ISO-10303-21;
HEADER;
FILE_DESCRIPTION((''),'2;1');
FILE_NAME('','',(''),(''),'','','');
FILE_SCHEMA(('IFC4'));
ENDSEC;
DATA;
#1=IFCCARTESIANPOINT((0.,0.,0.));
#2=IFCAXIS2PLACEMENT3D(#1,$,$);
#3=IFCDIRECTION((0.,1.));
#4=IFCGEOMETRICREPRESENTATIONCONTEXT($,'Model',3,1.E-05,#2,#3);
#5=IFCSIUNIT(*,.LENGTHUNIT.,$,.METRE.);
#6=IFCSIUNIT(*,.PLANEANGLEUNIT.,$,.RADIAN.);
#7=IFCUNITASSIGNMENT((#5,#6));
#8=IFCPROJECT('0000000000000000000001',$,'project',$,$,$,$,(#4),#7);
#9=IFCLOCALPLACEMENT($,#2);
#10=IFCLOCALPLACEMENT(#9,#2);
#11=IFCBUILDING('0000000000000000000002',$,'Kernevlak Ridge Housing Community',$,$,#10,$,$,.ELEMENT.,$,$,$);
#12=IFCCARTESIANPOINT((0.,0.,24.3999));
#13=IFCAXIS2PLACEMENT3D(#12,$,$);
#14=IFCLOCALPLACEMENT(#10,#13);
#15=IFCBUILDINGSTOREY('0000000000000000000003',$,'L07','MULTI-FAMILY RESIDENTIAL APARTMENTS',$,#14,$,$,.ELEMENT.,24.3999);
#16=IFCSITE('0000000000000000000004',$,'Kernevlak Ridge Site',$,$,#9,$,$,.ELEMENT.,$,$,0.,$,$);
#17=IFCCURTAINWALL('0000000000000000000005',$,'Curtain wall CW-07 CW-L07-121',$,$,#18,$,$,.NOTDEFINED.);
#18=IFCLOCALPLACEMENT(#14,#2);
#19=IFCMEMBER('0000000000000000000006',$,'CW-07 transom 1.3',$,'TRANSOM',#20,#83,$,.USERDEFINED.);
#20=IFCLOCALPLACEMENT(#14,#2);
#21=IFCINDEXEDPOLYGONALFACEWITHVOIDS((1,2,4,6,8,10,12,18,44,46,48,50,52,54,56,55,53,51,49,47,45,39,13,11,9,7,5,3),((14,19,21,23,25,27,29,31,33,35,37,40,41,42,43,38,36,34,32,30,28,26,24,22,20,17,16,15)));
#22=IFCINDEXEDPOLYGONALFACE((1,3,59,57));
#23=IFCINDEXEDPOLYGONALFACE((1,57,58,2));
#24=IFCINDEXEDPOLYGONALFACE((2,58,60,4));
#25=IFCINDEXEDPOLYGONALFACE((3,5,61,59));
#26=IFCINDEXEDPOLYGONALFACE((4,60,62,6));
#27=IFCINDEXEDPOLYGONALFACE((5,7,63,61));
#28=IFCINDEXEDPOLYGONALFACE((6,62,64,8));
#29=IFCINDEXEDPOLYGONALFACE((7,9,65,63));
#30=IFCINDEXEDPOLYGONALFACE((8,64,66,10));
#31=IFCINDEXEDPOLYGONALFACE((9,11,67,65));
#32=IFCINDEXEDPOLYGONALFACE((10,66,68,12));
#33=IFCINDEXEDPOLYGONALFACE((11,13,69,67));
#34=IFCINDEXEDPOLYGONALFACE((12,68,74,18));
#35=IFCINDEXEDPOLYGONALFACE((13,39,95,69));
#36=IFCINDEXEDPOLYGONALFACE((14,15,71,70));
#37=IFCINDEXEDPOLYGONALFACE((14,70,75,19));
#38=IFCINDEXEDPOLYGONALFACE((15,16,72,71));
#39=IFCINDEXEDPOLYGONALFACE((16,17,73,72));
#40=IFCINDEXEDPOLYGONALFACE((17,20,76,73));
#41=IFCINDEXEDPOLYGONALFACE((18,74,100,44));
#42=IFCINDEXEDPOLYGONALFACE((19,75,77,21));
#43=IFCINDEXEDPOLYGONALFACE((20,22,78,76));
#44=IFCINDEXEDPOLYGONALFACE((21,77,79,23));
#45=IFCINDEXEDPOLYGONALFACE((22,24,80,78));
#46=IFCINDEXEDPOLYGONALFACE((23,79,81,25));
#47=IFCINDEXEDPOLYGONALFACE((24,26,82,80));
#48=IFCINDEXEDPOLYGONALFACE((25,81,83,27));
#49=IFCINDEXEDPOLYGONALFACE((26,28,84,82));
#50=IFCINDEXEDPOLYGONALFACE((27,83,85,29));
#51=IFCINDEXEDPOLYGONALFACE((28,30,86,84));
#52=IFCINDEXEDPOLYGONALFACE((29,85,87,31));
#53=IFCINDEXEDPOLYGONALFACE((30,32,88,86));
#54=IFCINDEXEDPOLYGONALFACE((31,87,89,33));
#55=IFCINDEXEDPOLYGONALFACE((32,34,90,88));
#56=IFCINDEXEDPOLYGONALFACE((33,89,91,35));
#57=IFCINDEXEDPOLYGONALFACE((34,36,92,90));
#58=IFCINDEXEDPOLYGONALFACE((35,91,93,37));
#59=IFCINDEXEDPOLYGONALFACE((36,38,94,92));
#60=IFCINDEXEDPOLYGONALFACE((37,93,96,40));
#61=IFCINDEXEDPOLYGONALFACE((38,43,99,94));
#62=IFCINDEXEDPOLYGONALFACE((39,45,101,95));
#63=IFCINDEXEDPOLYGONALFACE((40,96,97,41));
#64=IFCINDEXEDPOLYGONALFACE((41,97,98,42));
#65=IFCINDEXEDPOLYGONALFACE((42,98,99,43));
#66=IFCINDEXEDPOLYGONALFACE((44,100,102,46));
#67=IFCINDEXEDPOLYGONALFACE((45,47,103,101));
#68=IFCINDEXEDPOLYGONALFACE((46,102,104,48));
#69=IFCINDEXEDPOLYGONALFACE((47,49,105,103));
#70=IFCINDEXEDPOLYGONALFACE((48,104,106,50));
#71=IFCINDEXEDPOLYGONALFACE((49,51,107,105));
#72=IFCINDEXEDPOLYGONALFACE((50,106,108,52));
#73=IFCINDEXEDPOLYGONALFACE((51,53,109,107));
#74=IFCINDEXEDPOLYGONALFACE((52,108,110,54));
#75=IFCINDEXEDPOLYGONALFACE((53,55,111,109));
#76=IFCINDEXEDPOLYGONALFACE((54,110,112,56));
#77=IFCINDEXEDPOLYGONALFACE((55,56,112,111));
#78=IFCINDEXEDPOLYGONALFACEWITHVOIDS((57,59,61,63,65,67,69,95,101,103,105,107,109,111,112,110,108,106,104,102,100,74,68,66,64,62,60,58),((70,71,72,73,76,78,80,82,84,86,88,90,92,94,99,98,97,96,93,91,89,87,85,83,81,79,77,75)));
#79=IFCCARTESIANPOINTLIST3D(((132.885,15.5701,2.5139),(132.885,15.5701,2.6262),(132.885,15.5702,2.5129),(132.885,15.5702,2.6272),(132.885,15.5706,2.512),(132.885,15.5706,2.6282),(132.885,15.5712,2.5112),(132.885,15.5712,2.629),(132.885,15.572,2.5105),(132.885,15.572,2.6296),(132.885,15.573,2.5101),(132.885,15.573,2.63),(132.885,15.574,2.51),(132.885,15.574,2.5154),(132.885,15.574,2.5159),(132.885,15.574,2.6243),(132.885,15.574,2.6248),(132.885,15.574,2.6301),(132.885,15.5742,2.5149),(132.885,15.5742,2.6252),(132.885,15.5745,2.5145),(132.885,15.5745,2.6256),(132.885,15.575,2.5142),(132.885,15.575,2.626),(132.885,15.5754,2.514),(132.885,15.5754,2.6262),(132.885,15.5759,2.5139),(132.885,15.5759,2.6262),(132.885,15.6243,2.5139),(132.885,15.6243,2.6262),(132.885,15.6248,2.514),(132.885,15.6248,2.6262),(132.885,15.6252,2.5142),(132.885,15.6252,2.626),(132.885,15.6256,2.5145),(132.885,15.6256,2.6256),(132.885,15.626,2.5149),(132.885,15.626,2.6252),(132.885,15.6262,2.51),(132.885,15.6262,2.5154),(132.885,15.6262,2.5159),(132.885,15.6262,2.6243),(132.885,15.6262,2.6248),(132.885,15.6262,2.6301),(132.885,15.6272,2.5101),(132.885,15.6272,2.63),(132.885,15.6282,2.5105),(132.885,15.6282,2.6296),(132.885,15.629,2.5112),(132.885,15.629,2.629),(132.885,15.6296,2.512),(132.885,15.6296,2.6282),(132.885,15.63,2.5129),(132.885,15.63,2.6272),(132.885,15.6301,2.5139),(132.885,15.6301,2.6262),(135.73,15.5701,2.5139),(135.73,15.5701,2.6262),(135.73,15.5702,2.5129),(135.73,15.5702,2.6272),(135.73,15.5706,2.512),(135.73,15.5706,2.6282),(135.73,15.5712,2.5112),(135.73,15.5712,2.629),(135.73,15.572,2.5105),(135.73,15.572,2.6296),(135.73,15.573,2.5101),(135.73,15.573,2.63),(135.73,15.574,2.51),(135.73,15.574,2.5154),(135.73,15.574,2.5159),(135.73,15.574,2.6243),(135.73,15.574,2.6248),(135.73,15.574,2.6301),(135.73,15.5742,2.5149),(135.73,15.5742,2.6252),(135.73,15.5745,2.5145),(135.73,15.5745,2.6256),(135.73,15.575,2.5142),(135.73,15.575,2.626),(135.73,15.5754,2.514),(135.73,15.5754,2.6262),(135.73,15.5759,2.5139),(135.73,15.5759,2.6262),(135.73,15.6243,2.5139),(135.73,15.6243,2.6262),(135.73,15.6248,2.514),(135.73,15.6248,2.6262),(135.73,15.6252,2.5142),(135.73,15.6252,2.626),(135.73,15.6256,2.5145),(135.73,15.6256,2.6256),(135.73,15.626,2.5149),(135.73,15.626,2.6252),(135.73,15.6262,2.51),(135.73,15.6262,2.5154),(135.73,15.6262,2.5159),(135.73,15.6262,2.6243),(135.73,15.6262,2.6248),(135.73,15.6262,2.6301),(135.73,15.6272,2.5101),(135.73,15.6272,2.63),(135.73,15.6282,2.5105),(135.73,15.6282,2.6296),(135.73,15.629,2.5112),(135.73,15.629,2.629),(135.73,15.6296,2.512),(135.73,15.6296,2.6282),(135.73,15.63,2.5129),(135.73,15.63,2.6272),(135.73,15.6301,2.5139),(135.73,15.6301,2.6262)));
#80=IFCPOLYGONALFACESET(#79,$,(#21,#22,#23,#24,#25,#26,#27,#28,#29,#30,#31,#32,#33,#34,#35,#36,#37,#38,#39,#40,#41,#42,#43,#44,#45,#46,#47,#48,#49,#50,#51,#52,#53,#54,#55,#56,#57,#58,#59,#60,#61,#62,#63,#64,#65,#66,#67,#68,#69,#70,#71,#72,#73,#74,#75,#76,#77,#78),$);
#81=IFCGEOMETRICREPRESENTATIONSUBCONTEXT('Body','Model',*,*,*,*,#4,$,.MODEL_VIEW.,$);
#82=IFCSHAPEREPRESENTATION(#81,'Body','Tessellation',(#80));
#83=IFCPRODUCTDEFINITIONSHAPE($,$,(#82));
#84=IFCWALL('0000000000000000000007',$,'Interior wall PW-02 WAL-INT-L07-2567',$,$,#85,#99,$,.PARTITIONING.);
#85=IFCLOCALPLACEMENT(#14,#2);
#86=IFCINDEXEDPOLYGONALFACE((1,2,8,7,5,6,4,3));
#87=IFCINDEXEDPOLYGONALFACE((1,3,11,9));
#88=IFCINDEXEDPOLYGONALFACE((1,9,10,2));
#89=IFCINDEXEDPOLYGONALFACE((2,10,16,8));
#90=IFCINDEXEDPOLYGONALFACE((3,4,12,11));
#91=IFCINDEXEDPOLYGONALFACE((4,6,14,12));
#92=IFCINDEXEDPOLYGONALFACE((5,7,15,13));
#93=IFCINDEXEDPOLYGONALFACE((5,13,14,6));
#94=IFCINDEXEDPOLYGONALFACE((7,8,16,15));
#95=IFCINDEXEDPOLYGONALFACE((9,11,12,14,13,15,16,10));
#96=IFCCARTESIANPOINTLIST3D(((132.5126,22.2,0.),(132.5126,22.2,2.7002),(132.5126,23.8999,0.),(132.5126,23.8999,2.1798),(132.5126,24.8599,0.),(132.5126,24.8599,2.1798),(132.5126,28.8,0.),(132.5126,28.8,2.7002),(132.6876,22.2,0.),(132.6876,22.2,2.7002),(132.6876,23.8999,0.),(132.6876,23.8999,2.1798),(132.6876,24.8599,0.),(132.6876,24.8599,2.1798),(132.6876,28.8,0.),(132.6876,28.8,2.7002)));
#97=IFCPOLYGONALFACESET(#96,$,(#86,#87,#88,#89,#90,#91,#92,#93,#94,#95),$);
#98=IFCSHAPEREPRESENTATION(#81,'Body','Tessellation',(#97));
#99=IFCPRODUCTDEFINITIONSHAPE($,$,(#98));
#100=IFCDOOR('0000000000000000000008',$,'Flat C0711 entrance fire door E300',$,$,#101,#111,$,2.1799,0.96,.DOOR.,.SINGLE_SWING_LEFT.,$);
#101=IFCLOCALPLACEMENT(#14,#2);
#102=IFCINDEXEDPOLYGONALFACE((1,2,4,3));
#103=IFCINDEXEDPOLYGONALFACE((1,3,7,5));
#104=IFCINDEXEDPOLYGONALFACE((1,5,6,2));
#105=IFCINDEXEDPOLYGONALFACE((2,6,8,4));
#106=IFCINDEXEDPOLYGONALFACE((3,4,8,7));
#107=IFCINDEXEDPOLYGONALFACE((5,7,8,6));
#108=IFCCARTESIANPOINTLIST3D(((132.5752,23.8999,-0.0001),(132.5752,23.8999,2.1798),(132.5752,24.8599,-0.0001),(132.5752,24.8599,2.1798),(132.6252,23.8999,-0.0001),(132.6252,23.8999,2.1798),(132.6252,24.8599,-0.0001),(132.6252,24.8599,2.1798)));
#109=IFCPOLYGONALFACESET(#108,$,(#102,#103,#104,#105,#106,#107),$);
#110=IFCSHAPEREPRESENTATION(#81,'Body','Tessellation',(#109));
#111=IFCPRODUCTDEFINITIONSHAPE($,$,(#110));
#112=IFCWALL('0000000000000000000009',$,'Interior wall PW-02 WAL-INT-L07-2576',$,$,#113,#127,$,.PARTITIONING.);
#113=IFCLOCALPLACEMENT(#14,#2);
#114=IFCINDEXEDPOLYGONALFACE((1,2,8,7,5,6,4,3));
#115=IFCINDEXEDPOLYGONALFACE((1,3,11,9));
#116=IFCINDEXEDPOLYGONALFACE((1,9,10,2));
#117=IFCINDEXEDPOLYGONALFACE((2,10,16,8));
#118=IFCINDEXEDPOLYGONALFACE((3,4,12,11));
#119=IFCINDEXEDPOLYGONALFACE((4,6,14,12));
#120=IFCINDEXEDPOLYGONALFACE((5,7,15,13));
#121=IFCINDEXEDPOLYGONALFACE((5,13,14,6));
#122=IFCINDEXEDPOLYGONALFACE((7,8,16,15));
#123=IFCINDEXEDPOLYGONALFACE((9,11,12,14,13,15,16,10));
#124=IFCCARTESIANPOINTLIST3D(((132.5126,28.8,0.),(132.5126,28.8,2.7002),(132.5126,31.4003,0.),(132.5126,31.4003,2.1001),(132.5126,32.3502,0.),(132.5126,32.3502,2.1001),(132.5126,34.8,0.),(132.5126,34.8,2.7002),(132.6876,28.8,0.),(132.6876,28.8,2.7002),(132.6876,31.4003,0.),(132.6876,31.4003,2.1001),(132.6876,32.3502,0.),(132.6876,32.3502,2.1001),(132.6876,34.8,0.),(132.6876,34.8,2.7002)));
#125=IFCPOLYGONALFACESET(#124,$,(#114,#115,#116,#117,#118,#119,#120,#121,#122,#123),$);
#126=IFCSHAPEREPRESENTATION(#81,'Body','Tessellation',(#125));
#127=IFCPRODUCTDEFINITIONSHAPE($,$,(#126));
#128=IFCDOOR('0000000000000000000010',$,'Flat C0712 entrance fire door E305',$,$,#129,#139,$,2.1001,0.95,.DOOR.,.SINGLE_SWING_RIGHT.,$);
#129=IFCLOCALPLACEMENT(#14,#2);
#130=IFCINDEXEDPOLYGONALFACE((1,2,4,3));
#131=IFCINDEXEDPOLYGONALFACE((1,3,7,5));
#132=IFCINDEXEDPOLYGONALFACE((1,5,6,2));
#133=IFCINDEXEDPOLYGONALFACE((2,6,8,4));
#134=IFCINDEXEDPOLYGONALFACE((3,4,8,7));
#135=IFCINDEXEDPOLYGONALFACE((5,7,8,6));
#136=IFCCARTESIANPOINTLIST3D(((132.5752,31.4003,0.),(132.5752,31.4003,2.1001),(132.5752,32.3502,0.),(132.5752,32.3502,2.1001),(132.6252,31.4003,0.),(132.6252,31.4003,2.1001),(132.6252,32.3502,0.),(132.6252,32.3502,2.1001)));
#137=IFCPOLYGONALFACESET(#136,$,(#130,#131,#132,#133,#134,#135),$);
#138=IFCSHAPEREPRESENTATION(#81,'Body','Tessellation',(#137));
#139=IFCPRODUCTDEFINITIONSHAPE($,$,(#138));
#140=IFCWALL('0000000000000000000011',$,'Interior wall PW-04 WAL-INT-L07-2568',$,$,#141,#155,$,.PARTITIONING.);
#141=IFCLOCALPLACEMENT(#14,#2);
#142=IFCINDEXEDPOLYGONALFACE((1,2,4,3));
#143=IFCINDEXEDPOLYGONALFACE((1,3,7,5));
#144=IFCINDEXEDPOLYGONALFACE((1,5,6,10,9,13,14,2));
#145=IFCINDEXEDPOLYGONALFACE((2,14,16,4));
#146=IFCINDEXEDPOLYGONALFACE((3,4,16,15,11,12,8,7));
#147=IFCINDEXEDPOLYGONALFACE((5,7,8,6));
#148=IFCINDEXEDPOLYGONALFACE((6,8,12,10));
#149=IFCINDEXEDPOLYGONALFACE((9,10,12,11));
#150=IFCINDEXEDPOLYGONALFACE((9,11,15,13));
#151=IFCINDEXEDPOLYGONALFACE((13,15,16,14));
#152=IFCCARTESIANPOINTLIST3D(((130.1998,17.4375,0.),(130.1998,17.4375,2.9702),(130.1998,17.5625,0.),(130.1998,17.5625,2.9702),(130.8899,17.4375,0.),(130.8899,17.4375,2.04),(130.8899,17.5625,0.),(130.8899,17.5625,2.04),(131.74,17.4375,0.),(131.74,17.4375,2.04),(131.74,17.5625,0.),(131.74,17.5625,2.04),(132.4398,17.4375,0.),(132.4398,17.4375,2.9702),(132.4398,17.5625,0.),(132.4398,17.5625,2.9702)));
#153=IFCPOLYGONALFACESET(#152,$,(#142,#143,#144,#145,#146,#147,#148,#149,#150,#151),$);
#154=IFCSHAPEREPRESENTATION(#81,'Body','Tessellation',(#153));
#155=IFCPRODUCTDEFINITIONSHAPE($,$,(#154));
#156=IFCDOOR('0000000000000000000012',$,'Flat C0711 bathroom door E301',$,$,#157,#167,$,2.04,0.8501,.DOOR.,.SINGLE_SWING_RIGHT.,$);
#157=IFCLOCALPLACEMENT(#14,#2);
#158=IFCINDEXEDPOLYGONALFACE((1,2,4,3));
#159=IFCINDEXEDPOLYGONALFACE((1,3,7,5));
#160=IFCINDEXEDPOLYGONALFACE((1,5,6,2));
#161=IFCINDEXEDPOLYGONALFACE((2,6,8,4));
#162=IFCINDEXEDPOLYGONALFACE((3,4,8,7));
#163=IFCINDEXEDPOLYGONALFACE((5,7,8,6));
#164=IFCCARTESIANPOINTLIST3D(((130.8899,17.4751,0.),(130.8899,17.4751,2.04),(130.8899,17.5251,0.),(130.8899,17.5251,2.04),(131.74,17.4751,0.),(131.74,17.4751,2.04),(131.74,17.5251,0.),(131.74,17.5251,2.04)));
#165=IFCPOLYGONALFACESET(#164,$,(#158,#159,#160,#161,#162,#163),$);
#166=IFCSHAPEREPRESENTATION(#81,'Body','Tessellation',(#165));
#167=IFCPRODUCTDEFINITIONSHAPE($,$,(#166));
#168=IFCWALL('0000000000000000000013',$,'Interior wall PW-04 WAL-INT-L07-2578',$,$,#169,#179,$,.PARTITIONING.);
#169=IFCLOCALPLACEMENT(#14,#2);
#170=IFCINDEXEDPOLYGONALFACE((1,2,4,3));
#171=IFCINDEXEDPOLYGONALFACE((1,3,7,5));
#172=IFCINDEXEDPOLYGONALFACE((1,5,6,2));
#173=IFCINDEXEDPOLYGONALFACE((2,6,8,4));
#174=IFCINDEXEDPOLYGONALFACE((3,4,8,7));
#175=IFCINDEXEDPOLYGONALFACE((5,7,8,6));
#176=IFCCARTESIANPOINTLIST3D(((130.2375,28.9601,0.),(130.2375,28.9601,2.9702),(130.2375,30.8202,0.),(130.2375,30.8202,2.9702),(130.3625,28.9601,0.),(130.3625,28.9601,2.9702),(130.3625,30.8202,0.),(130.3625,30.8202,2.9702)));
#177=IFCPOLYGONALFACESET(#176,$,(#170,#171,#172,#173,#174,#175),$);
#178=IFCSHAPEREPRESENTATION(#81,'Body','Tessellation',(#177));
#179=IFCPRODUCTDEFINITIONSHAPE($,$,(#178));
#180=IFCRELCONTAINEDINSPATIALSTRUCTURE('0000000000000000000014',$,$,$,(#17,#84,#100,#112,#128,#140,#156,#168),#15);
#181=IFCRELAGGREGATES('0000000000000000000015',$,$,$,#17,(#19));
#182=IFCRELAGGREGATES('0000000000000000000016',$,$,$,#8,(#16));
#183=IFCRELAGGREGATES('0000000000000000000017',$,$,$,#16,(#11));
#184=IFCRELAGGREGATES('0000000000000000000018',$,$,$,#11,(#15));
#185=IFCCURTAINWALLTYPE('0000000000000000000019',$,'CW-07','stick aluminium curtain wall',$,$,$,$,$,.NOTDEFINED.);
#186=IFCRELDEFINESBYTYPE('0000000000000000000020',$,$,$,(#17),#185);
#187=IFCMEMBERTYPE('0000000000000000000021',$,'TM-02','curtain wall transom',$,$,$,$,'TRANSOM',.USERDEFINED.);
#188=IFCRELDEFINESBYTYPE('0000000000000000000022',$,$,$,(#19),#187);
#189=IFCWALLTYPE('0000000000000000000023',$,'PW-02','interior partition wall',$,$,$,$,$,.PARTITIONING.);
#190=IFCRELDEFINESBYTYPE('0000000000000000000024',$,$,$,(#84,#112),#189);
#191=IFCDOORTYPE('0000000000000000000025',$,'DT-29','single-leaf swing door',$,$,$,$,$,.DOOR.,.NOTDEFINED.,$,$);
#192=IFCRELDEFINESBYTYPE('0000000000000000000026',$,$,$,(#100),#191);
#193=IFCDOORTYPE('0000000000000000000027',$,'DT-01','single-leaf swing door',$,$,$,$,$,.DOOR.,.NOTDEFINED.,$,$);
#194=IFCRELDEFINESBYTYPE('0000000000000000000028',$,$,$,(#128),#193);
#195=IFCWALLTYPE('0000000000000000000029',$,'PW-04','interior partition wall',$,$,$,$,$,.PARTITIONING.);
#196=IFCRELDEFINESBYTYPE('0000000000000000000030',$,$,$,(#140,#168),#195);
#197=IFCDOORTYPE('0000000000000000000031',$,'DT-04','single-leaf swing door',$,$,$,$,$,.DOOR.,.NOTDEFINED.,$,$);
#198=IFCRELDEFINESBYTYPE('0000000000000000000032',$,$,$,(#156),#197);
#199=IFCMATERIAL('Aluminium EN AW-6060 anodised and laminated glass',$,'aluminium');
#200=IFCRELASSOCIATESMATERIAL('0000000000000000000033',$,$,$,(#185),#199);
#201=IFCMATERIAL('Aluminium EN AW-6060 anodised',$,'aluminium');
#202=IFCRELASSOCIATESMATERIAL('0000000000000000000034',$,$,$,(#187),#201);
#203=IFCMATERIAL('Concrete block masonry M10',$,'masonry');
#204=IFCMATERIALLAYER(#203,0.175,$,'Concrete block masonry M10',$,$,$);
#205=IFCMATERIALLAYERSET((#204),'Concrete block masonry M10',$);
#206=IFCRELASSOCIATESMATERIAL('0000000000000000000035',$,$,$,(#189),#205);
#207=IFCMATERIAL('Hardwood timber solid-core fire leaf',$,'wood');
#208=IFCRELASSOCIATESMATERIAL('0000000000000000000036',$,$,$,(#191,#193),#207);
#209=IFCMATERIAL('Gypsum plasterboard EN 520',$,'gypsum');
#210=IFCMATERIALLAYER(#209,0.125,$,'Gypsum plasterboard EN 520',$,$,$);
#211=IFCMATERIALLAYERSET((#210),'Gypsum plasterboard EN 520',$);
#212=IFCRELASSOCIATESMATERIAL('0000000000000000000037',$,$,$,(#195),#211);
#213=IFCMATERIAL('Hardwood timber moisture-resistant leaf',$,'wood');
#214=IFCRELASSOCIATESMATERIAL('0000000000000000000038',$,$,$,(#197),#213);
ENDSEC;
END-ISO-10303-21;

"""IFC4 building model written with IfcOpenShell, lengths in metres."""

from ifc_helpers import new_model, si_unit, direction, frame, frame_2d, origin, origin_2d, place, context, subcontext, project, spatial, rectangle, hollow_rectangle, extrude, material, layer, layer_set, material_profile, profile_set, type_object, element, fill, aggregate, save


model = new_model("IFC4")

# Units and contexts
model_context = context("Model", 3, precision=1e-05, world=origin(), true_north=direction((0.0, 1.0)))
body_context = subcontext(model_context, "Body", "Model", "MODEL_VIEW")
ifc_project = project(units=[si_unit("LENGTHUNIT", "METRE"), si_unit("PLANEANGLEUNIT", "RADIAN")], contexts=[model_context])

# Site, building, storey
site_placement = place(None, origin())
site = spatial("IfcSite", under=ifc_project, at=site_placement, Name="Kernevlak Ridge Site", CompositionType="ELEMENT", RefElevation=0.0)
building_placement = place(site_placement, origin())
building = spatial("IfcBuilding", under=site, at=building_placement, Name="Kernevlak Ridge Housing Community", CompositionType="ELEMENT")
storey_placement = place(building_placement, frame((0.0, 0.0, 24.3999)))
storey = spatial("IfcBuildingStorey", under=building, at=storey_placement, Name="L07", Description="MULTI-FAMILY RESIDENTIAL APARTMENTS", CompositionType="ELEMENT", Elevation=24.3999)

# Curtain wall
ifc_material_1 = material(Name="Aluminium EN AW-6060 anodised and laminated glass", Category="aluminium")
curtain_wall_type = type_object("IfcCurtainWallType", Name="CW-07", Description="stick aluminium curtain wall", PredefinedType="NOTDEFINED", material=ifc_material_1)
curtain_wall_placement = place(storey_placement, origin())
curtain_wall = element("IfcCurtainWall", 1, at=curtain_wall_placement, inside=storey, type_object=curtain_wall_type, Name="Curtain wall CW-07 CW-L07-121", PredefinedType="NOTDEFINED")
ifc_material_2 = material(Name="Aluminium EN AW-6060 anodised", Category="aluminium")

# Member
ifc_material_profile_1 = material_profile(ifc_material_2, hollow_rectangle(XDim=0.0601, YDim=0.1201, WallThickness=0.0039, InnerFilletRadius=0.002, OuterFilletRadius=0.0039, at=origin_2d()), Name="ALU 60x120x4")
ifc_profile_set_1 = profile_set([ifc_material_profile_1], Name="Aluminium EN AW-6060 anodised")
member_type_1 = type_object("IfcMemberType", Name="TM-02", Description="curtain wall transom", ElementType="TRANSOM", PredefinedType="USERDEFINED", material=ifc_profile_set_1)
member_1_placement = place(storey_placement, frame((132.885, 15.6001, 2.5701), z_axis=(1.0, 0.0, 0.0), x_axis=(0.0, 1.0, 0.0)))
member_1 = element("IfcMember", 2, at=member_1_placement, type_object=member_type_1, Name="CW-07 transom 1.3", ObjectType="TRANSOM", PredefinedType="USERDEFINED", context=body_context, shape_type="SweptSolid", body=[
    extrude(hollow_rectangle(XDim=0.0601, YDim=0.1201, WallThickness=0.0039, InnerFilletRadius=0.002, OuterFilletRadius=0.0039, at=origin_2d()), origin(), (0.0, 0.0, 1.0), 2.845),
])
aggregate(curtain_wall, [member_1])

# Walls, openings, doors
ifc_material_3 = material(Name="Concrete block masonry M10", Category="masonry")
ifc_layer_1 = layer(ifc_material_3, 0.175, Name="Concrete block masonry M10")
ifc_layer_set_1 = layer_set([ifc_layer_1], Name="Concrete block masonry M10")
wall_type_1 = type_object("IfcWallType", Name="PW-02", Description="interior partition wall", PredefinedType="PARTITIONING", material=ifc_layer_set_1)
wall_1_placement = place(storey_placement, frame((132.6001, 22.2, 0.0), z_axis=(0.0, 0.0, 1.0), x_axis=(0.0, 1.0, 0.0)))
wall_1 = element("IfcWall", 3, at=wall_1_placement, inside=storey, type_object=wall_type_1, Name="Interior wall PW-02 WAL-INT-L07-2567", PredefinedType="PARTITIONING", context=body_context, shape_type="SweptSolid", body=[
    extrude(rectangle(XDim=6.6001, YDim=0.175, at=frame_2d((3.3, 0.0))), origin(), (0.0, 0.0, 1.0), 2.7002),
])
opening_1_placement = place(wall_1_placement, frame((1.7, 0.0, 0.0)))
opening_1 = element("IfcOpeningElement", 4, at=opening_1_placement, cuts=wall_1, PredefinedType="OPENING", context=body_context, shape_type="SweptSolid", body=[
    extrude(rectangle(XDim=0.96, YDim=2.1799, at=frame_2d((0.48, 1.0898))), frame((0.0, 0.0974, 0.0), z_axis=(0.0, -1.0, 0.0), x_axis=(1.0, 0.0, 0.0)), (0.0, 0.0, 1.0), 0.1951),
])
ifc_material_4 = material(Name="Hardwood timber solid-core fire leaf", Category="wood")
door_type_1 = type_object("IfcDoorType", Name="DT-29", Description="single-leaf swing door", OperationType="NOTDEFINED", PredefinedType="DOOR", material=ifc_material_4)
door_1_placement = place(opening_1_placement, origin())
door_1 = element("IfcDoor", 5, at=door_1_placement, inside=storey, type_object=door_type_1, Name="Flat C0711 entrance fire door E300", OperationType="SINGLE_SWING_LEFT", OverallHeight=2.1799, OverallWidth=0.96, PredefinedType="DOOR", context=body_context, shape_type="SweptSolid", body=[
    extrude(rectangle(XDim=0.96, YDim=2.1799, at=frame_2d((0.48, 1.0898))), frame((0.0, 0.0249, 0.0), z_axis=(0.0, -1.0, 0.0), x_axis=(1.0, 0.0, 0.0)), (0.0, 0.0, 1.0), 0.05),
])
fill(opening_1, door_1)
wall_2_placement = place(storey_placement, frame((132.6001, 28.8, 0.0), z_axis=(0.0, 0.0, 1.0), x_axis=(0.0, 1.0, 0.0)))
wall_2 = element("IfcWall", 6, at=wall_2_placement, inside=storey, type_object=wall_type_1, Name="Interior wall PW-02 WAL-INT-L07-2576", PredefinedType="PARTITIONING", context=body_context, shape_type="SweptSolid", body=[
    extrude(rectangle(XDim=6.0, YDim=0.175, at=frame_2d((3.0, 0.0))), origin(), (0.0, 0.0, 1.0), 2.7002),
])
opening_2_placement = place(wall_2_placement, frame((2.6001, 0.0, 0.0)))
opening_2 = element("IfcOpeningElement", 7, at=opening_2_placement, cuts=wall_2, PredefinedType="OPENING", context=body_context, shape_type="SweptSolid", body=[
    extrude(rectangle(XDim=0.95, YDim=2.1001, at=frame_2d((0.4751, 1.05))), frame((0.0, 0.0974, 0.0), z_axis=(0.0, -1.0, 0.0), x_axis=(1.0, 0.0, 0.0)), (0.0, 0.0, 1.0), 0.1951),
])
door_type_2 = type_object("IfcDoorType", Name="DT-01", Description="single-leaf swing door", OperationType="NOTDEFINED", PredefinedType="DOOR", material=ifc_material_4)
door_2_placement = place(opening_2_placement, origin())
door_2 = element("IfcDoor", 8, at=door_2_placement, inside=storey, type_object=door_type_2, Name="Flat C0712 entrance fire door E305", OperationType="SINGLE_SWING_RIGHT", OverallHeight=2.1001, OverallWidth=0.95, PredefinedType="DOOR", context=body_context, shape_type="SweptSolid", body=[
    extrude(rectangle(XDim=0.95, YDim=2.1001, at=frame_2d((0.4751, 1.05))), frame((0.0, 0.0249, 0.0), z_axis=(0.0, -1.0, 0.0), x_axis=(1.0, 0.0, 0.0)), (0.0, 0.0, 1.0), 0.05),
])
fill(opening_2, door_2)
ifc_material_5 = material(Name="Gypsum plasterboard EN 520", Category="gypsum")
ifc_layer_2 = layer(ifc_material_5, 0.125, Name="Gypsum plasterboard EN 520")
ifc_layer_set_2 = layer_set([ifc_layer_2], Name="Gypsum plasterboard EN 520")
wall_type_2 = type_object("IfcWallType", Name="PW-04", Description="interior partition wall", PredefinedType="PARTITIONING", material=ifc_layer_set_2)
wall_3_placement = place(storey_placement, frame((132.4399, 17.5, 0.0), z_axis=(0.0, 0.0, 1.0), x_axis=(-1.0, 0.0, 0.0)))
wall_3 = element("IfcWall", 9, at=wall_3_placement, inside=storey, type_object=wall_type_2, Name="Interior wall PW-04 WAL-INT-L07-2568", PredefinedType="PARTITIONING", context=body_context, shape_type="SweptSolid", body=[
    extrude(rectangle(XDim=2.24, YDim=0.125, at=frame_2d((1.1201, 0.0))), origin(), (0.0, 0.0, 1.0), 2.9702),
])
opening_3_placement = place(wall_3_placement, frame((0.7, 0.0, 0.0)))
opening_3 = element("IfcOpeningElement", 10, at=opening_3_placement, cuts=wall_3, PredefinedType="OPENING", context=body_context, shape_type="SweptSolid", body=[
    extrude(rectangle(XDim=0.8501, YDim=2.04, at=frame_2d((0.425, 1.02))), frame((0.0, 0.0725, 0.0), z_axis=(0.0, -1.0, 0.0), x_axis=(1.0, 0.0, 0.0)), (0.0, 0.0, 1.0), 0.145),
])
ifc_material_6 = material(Name="Hardwood timber moisture-resistant leaf", Category="wood")
door_type_3 = type_object("IfcDoorType", Name="DT-04", Description="single-leaf swing door", OperationType="NOTDEFINED", PredefinedType="DOOR", material=ifc_material_6)
door_3_placement = place(opening_3_placement, origin())
door_3 = element("IfcDoor", 11, at=door_3_placement, inside=storey, type_object=door_type_3, Name="Flat C0711 bathroom door E301", OperationType="SINGLE_SWING_RIGHT", OverallHeight=2.04, OverallWidth=0.8501, PredefinedType="DOOR", context=body_context, shape_type="SweptSolid", body=[
    extrude(rectangle(XDim=0.8501, YDim=2.04, at=frame_2d((0.425, 1.02))), frame((0.0, 0.0249, 0.0), z_axis=(0.0, -1.0, 0.0), x_axis=(1.0, 0.0, 0.0)), (0.0, 0.0, 1.0), 0.05),
])
fill(opening_3, door_3)

# Wall
wall_4_placement = place(storey_placement, frame((130.3, 28.96, 0.0), z_axis=(0.0, 0.0, 1.0), x_axis=(0.0, 1.0, 0.0)))
element("IfcWall", 12, at=wall_4_placement, inside=storey, type_object=wall_type_2, Name="Interior wall PW-04 WAL-INT-L07-2578", PredefinedType="PARTITIONING", context=body_context, shape_type="SweptSolid", body=[
    extrude(rectangle(XDim=1.8601, YDim=0.125, at=frame_2d((0.9302, 0.0))), origin(), (0.0, 0.0, 1.0), 2.9702),
])

save(model, "model.ifc")
